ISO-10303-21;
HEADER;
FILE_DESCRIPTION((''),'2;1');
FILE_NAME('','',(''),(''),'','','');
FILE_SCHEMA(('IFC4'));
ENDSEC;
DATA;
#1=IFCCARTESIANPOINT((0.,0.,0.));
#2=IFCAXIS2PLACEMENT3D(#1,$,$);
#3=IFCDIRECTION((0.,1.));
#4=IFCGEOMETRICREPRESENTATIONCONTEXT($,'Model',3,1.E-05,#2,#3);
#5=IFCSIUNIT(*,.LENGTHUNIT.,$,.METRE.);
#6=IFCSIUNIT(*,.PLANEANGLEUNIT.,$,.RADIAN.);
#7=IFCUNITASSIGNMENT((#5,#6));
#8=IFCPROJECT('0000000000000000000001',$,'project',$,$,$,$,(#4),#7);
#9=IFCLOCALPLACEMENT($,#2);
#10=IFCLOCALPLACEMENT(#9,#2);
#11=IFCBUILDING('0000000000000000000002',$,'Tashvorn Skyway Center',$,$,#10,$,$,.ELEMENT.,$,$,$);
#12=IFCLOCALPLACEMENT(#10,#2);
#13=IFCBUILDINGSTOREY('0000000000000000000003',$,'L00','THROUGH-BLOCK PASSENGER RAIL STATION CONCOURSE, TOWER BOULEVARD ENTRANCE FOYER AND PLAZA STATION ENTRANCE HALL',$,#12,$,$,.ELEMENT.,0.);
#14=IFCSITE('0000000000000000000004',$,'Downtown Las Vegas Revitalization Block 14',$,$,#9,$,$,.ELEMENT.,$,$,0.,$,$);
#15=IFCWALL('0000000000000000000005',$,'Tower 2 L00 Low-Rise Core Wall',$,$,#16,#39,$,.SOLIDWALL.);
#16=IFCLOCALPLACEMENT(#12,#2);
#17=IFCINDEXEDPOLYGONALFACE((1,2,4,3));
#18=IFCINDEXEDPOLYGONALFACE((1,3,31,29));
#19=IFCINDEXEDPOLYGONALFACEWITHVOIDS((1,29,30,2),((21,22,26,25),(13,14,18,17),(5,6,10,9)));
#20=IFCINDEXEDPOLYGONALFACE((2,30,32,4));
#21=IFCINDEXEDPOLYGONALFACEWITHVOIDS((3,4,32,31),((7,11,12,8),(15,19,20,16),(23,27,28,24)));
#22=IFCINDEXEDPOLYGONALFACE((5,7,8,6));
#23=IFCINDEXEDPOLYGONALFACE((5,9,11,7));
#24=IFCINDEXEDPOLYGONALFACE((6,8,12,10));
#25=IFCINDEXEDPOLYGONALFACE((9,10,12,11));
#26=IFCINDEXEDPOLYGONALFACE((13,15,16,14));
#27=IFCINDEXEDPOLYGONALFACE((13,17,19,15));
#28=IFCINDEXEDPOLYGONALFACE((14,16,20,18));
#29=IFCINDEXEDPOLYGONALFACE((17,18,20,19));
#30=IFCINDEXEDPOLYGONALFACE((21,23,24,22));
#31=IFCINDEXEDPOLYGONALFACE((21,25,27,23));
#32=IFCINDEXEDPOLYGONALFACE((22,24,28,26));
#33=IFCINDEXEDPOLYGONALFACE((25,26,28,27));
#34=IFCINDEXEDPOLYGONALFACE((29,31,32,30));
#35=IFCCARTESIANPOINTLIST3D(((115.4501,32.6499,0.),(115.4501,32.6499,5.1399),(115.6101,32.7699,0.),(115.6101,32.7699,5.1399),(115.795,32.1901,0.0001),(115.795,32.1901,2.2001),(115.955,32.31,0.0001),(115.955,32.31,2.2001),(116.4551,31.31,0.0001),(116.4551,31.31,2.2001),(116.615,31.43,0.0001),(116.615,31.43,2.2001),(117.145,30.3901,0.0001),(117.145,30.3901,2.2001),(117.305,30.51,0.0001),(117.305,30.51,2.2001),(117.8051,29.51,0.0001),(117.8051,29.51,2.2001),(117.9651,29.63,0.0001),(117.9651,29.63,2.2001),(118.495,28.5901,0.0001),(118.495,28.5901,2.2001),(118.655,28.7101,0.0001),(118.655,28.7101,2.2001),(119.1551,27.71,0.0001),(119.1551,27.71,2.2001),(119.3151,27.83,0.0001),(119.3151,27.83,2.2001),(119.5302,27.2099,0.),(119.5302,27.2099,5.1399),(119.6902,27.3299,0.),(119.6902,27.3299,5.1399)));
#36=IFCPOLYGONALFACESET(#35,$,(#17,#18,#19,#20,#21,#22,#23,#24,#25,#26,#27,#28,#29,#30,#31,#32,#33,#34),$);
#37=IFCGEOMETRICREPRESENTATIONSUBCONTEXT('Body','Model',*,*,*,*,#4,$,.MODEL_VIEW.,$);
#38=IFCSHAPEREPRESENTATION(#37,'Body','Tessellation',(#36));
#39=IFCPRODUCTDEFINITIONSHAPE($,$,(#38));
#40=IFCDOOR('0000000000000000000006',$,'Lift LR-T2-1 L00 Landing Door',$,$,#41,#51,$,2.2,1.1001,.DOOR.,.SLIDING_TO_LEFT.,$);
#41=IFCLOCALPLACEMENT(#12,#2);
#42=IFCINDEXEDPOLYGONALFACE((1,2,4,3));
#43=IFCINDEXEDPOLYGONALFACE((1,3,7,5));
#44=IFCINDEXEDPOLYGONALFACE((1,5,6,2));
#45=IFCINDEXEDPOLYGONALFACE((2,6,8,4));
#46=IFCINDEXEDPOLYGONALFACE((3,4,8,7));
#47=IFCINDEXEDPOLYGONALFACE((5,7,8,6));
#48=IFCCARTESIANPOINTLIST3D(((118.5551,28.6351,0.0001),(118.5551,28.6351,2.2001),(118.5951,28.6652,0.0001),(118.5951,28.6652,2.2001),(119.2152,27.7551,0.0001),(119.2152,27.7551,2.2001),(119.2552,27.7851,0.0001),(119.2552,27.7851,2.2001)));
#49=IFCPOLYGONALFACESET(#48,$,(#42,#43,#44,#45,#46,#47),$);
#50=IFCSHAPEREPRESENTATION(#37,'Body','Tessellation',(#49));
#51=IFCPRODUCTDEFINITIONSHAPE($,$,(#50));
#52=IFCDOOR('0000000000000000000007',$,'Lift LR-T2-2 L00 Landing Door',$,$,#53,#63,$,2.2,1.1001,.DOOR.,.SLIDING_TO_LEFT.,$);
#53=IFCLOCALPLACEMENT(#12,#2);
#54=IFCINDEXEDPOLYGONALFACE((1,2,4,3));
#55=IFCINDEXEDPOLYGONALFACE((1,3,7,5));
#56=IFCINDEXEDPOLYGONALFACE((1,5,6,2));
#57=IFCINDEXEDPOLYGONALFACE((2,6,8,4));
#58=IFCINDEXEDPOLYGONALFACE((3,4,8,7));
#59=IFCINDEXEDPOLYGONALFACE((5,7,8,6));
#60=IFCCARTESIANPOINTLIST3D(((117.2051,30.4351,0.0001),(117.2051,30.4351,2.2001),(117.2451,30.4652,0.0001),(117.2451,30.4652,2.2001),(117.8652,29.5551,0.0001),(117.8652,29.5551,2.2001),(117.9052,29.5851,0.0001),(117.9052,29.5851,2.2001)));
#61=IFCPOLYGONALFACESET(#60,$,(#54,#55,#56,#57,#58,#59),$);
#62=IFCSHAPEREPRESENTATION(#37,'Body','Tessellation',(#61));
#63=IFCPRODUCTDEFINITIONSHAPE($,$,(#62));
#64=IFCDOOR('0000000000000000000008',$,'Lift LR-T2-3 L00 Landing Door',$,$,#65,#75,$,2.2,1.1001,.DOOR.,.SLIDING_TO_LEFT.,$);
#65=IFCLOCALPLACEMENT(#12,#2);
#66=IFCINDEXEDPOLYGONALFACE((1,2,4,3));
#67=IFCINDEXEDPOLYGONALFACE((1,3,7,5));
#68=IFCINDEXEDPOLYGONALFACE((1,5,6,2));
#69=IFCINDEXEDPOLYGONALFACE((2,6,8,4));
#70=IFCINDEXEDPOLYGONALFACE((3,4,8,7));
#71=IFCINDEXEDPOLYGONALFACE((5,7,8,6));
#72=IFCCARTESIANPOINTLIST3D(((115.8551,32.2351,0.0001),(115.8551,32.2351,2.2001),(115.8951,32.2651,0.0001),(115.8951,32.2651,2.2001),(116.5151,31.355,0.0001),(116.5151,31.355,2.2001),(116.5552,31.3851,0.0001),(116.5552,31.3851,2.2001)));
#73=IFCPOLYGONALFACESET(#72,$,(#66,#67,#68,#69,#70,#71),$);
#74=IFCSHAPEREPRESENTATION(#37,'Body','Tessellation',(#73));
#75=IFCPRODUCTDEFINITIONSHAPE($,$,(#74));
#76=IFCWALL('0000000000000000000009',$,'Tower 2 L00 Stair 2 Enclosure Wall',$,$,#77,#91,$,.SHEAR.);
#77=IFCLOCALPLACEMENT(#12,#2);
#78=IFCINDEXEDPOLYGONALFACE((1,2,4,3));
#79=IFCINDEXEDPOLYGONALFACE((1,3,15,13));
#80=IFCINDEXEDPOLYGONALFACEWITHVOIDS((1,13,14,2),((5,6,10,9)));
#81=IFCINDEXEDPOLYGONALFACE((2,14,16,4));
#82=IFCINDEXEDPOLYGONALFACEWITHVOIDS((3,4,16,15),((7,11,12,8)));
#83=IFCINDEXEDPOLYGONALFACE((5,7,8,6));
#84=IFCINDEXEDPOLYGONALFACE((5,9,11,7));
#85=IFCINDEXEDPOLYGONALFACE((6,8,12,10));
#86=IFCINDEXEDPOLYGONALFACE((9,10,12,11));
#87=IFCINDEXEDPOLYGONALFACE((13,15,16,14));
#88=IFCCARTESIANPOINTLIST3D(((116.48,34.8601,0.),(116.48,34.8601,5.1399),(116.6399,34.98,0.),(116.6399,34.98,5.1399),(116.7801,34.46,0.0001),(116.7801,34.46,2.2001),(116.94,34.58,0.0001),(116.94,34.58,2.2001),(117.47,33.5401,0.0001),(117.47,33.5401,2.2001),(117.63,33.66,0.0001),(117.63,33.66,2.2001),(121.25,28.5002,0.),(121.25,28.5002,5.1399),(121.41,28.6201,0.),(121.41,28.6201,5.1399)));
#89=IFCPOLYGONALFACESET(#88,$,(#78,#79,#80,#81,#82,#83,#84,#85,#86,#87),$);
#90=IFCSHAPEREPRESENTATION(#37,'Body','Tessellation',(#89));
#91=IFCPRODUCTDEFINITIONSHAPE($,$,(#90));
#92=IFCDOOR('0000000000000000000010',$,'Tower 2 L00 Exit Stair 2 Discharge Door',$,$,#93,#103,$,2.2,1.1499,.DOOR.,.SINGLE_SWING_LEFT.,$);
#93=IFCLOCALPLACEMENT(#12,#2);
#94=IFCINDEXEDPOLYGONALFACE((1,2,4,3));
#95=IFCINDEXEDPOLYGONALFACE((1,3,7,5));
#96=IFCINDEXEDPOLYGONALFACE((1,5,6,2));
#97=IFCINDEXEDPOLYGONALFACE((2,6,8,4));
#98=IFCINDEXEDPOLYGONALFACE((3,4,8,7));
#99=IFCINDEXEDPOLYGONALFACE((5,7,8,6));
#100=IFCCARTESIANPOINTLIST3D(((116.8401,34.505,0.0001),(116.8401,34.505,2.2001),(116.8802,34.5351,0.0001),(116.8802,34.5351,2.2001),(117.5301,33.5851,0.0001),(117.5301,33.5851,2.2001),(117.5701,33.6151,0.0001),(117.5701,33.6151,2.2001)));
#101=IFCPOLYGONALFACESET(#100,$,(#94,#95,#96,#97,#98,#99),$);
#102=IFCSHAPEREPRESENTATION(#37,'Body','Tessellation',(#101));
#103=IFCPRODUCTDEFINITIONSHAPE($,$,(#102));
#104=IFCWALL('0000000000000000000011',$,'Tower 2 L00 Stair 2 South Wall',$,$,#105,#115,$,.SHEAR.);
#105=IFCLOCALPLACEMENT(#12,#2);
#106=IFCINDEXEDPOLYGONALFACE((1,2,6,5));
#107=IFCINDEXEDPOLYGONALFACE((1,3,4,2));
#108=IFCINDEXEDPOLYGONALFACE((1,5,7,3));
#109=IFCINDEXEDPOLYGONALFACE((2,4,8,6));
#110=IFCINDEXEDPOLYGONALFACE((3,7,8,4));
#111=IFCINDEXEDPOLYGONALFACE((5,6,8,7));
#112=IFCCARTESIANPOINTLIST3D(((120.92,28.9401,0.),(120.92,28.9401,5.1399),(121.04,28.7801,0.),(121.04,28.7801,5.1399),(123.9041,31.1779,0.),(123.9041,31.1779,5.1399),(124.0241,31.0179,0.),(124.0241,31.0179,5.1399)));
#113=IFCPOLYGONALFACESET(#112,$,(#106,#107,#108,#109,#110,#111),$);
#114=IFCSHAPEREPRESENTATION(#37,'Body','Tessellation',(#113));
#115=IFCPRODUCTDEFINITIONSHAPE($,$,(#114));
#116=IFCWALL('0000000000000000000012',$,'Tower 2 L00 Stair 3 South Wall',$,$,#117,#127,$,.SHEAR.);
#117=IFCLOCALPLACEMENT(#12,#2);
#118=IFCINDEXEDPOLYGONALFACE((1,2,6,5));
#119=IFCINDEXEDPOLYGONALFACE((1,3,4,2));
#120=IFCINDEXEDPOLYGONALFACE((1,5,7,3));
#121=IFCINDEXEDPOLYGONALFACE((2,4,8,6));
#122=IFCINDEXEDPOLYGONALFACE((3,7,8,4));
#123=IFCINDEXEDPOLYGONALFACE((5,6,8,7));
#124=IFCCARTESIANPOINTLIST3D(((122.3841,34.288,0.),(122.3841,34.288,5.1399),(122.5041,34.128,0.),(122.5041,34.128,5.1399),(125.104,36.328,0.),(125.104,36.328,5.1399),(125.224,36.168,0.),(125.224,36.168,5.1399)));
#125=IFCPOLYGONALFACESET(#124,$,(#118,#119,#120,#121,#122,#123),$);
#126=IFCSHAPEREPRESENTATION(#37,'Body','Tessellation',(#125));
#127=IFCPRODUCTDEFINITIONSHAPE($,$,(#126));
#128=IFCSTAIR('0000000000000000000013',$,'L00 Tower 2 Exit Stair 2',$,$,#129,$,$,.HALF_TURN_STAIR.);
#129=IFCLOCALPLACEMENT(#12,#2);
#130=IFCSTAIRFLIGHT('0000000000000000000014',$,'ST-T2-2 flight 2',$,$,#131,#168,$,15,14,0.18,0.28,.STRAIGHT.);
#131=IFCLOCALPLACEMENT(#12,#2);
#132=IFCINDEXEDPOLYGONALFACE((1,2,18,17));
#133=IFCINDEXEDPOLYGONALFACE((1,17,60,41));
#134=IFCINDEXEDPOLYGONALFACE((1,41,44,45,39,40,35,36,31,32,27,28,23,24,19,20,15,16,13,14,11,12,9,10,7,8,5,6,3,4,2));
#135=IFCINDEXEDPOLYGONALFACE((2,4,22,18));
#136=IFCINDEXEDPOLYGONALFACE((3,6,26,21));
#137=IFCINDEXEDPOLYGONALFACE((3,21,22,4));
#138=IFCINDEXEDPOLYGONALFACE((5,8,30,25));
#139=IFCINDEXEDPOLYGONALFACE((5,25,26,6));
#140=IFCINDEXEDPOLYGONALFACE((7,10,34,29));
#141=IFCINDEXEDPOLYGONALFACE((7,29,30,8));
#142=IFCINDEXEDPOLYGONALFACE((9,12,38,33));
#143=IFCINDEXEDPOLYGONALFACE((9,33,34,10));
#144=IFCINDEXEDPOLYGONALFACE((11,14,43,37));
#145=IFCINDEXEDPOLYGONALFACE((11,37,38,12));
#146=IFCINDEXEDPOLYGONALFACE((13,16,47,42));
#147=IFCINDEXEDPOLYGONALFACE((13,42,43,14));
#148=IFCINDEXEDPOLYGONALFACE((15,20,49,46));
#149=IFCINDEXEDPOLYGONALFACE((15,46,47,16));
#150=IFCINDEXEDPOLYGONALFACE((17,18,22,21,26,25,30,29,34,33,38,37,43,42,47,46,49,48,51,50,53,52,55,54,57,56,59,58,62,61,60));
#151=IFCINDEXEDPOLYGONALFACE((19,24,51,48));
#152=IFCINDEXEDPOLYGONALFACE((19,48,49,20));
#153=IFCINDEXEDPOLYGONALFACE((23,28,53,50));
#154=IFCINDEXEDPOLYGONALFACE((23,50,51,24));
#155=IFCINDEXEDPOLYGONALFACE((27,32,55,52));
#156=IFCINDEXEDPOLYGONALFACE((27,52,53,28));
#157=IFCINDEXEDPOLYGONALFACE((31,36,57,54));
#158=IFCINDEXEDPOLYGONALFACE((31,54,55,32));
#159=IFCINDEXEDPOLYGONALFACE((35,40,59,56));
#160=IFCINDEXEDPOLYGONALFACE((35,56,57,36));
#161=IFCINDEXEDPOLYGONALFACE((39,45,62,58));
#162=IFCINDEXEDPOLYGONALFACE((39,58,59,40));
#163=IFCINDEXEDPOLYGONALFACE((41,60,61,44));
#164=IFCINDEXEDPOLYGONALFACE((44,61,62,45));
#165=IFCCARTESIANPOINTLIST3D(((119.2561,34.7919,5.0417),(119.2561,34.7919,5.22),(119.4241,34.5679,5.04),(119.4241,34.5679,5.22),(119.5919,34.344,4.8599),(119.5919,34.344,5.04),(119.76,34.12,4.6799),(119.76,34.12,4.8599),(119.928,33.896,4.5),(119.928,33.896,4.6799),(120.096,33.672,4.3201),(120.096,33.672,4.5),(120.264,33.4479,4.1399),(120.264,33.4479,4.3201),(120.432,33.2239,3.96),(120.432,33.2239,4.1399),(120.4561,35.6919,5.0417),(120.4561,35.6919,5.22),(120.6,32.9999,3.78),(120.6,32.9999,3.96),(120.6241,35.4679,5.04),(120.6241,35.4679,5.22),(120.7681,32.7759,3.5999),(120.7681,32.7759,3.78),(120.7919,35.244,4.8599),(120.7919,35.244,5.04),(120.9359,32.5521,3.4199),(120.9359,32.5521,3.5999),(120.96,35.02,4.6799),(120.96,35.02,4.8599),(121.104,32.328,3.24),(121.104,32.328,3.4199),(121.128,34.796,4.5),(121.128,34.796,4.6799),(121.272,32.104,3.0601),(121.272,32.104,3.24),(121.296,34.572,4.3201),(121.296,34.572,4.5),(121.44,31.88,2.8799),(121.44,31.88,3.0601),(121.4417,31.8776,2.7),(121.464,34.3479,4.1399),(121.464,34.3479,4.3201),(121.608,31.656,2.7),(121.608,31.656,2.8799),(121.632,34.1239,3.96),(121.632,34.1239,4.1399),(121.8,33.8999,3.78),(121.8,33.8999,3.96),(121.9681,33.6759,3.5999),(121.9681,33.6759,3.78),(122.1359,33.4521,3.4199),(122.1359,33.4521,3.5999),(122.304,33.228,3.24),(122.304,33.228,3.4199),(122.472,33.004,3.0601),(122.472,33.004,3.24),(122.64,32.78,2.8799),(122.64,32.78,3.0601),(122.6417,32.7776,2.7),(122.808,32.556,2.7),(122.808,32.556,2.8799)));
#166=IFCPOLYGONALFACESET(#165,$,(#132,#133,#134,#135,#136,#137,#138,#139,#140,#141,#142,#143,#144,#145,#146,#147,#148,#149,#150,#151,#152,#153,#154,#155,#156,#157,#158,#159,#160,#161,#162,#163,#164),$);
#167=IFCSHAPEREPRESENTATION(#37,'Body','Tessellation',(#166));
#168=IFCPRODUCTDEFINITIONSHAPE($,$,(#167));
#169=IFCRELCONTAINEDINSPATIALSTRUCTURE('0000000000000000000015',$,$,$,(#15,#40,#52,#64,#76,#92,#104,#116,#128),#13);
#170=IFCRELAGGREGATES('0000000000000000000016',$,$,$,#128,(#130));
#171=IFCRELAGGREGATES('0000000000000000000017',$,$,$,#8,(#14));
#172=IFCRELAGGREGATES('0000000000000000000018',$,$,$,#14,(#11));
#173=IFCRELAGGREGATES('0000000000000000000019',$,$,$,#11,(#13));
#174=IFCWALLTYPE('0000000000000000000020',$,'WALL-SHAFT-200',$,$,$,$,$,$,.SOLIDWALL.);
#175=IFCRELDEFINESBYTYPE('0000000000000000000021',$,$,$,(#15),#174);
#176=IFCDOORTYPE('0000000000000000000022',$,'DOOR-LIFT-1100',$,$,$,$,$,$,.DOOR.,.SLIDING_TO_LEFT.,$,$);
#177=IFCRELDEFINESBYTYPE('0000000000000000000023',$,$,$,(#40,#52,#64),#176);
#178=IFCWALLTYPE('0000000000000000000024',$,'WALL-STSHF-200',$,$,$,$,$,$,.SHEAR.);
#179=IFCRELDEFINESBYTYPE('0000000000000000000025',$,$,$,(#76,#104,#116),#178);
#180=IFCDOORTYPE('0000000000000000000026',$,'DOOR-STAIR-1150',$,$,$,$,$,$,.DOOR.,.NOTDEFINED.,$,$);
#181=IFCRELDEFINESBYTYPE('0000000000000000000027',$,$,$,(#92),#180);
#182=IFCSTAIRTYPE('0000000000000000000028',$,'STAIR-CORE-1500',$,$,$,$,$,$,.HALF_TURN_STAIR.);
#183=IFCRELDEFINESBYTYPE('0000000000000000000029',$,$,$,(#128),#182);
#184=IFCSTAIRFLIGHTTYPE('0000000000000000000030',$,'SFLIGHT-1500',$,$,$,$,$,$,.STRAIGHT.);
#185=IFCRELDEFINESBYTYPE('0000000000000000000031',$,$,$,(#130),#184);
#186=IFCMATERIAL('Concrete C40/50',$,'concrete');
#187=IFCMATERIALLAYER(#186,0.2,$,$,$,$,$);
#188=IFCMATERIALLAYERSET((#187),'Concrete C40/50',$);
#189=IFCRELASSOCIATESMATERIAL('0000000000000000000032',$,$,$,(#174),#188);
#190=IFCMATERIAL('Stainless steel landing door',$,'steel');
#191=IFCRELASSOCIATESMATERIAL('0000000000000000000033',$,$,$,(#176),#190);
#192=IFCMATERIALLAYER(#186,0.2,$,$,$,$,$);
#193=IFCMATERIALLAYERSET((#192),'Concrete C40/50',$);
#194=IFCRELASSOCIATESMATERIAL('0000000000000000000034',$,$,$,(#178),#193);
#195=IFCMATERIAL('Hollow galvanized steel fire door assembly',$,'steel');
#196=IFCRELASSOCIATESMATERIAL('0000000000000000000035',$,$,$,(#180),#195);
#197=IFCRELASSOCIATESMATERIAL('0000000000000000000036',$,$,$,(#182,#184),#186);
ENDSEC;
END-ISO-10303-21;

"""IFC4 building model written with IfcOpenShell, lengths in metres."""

from ifc_helpers import new_model, si_unit, direction, frame, frame_2d, origin, place, context, subcontext, project, spatial, polyline, rectangle, outline, extrude, material, layer, layer_set, type_object, element, fill, aggregate, save


model = new_model("IFC4")

# Units and contexts
model_context = context("Model", 3, precision=1e-05, world=origin(), true_north=direction((0.0, 1.0)))
body_context = subcontext(model_context, "Body", "Model", "MODEL_VIEW")
ifc_project = project(units=[si_unit("LENGTHUNIT", "METRE"), si_unit("PLANEANGLEUNIT", "RADIAN")], contexts=[model_context])

# Site, building, storey
site_placement = place(None, origin())
site = spatial("IfcSite", under=ifc_project, at=site_placement, Name="Downtown Las Vegas Revitalization Block 14", CompositionType="ELEMENT", RefElevation=0.0)
building_placement = place(site_placement, origin())
building = spatial("IfcBuilding", under=site, at=building_placement, Name="Tashvorn Skyway Center", CompositionType="ELEMENT")
storey_placement = place(building_placement, origin())
storey = spatial("IfcBuildingStorey", under=building, at=storey_placement, Name="L00", Description="THROUGH-BLOCK PASSENGER RAIL STATION CONCOURSE, TOWER BOULEVARD ENTRANCE FOYER AND PLAZA STATION ENTRANCE HALL", CompositionType="ELEMENT", Elevation=0.0)

# Wall, openings, doors
ifc_material_1 = material(Name="Hollow galvanized steel fire door assembly", Category="steel")
ifc_material_2 = material(Name="Concrete C40/50", Category="concrete")
ifc_layer_1 = layer(ifc_material_2, 0.2)
ifc_layer_set_1 = layer_set([ifc_layer_1], Name="Concrete C40/50")
wall_type_1 = type_object("IfcWallType", Name="WALL-SHAFT-200", PredefinedType="SOLIDWALL", material=ifc_layer_set_1)
wall_1_placement = place(storey_placement, frame((119.6101, 27.27, 0.0), z_axis=(0.0, 0.0, 1.0), x_axis=(-0.600011, 0.799991, 0.0)))
wall_1 = element("IfcWall", 1, at=wall_1_placement, inside=storey, type_object=wall_type_1, Name="Tower 2 L00 Low-Rise Core Wall", PredefinedType="SOLIDWALL", context=body_context, shape_type="SweptSolid", body=[
    extrude(rectangle(XDim=6.8, YDim=0.2, at=frame_2d((3.3999, 0.0))), origin(), (0.0, 0.0, 1.0), 5.1399),
])
opening_1_placement = place(wall_1_placement, frame((0.625, 0.0, 0.0)))
opening_1 = element("IfcOpeningElement", 2, at=opening_1_placement, cuts=wall_1, PredefinedType="OPENING", context=body_context, shape_type="SweptSolid", body=[
    extrude(rectangle(XDim=1.1001, YDim=2.2, at=frame_2d((0.55, 1.1001))), frame((0.0, 0.1099, 0.0), z_axis=(0.0, -1.0, 0.0), x_axis=(1.0, 0.0, 0.0)), (0.0, 0.0, 1.0), 0.22),
])
opening_2_placement = place(wall_1_placement, frame((2.875, 0.0, 0.0)))
opening_2 = element("IfcOpeningElement", 3, at=opening_2_placement, cuts=wall_1, PredefinedType="OPENING", context=body_context, shape_type="SweptSolid", body=[
    extrude(rectangle(XDim=1.1001, YDim=2.2, at=frame_2d((0.55, 1.1001))), frame((0.0, 0.1099, 0.0), z_axis=(0.0, -1.0, 0.0), x_axis=(1.0, 0.0, 0.0)), (0.0, 0.0, 1.0), 0.22),
])
opening_3_placement = place(wall_1_placement, frame((5.125, 0.0, 0.0)))
opening_3 = element("IfcOpeningElement", 4, at=opening_3_placement, cuts=wall_1, PredefinedType="OPENING", context=body_context, shape_type="SweptSolid", body=[
    extrude(rectangle(XDim=1.1001, YDim=2.2, at=frame_2d((0.55, 1.1001))), frame((0.0, 0.1099, 0.0), z_axis=(0.0, -1.0, 0.0), x_axis=(1.0, 0.0, 0.0)), (0.0, 0.0, 1.0), 0.22),
])
ifc_material_3 = material(Name="Stainless steel landing door", Category="steel")
door_type_1 = type_object("IfcDoorType", Name="DOOR-LIFT-1100", OperationType="SLIDING_TO_LEFT", PredefinedType="DOOR", material=ifc_material_3)
door_1_placement = place(opening_1_placement, origin())
door_1 = element("IfcDoor", 5, at=door_1_placement, inside=storey, type_object=door_type_1, Name="Lift LR-T2-1 L00 Landing Door", OperationType="SLIDING_TO_LEFT", OverallHeight=2.2, OverallWidth=1.1001, PredefinedType="DOOR", context=body_context, shape_type="SweptSolid", body=[
    extrude(rectangle(XDim=1.1001, YDim=2.2, at=frame_2d((0.55, 1.1001))), frame((0.0, 0.0249, 0.0), z_axis=(0.0, -1.0, 0.0), x_axis=(1.0, 0.0, 0.0)), (0.0, 0.0, 1.0), 0.05),
])
fill(opening_1, door_1)
door_2_placement = place(opening_2_placement, origin())
door_2 = element("IfcDoor", 6, at=door_2_placement, inside=storey, type_object=door_type_1, Name="Lift LR-T2-2 L00 Landing Door", OperationType="SLIDING_TO_LEFT", OverallHeight=2.2, OverallWidth=1.1001, PredefinedType="DOOR", context=body_context, shape_type="SweptSolid", body=[
    extrude(rectangle(XDim=1.1001, YDim=2.2, at=frame_2d((0.55, 1.1001))), frame((0.0, 0.0249, 0.0), z_axis=(0.0, -1.0, 0.0), x_axis=(1.0, 0.0, 0.0)), (0.0, 0.0, 1.0), 0.05),
])
fill(opening_2, door_2)
door_3_placement = place(opening_3_placement, origin())
door_3 = element("IfcDoor", 7, at=door_3_placement, inside=storey, type_object=door_type_1, Name="Lift LR-T2-3 L00 Landing Door", OperationType="SLIDING_TO_LEFT", OverallHeight=2.2, OverallWidth=1.1001, PredefinedType="DOOR", context=body_context, shape_type="SweptSolid", body=[
    extrude(rectangle(XDim=1.1001, YDim=2.2, at=frame_2d((0.55, 1.1001))), frame((0.0, 0.0249, 0.0), z_axis=(0.0, -1.0, 0.0), x_axis=(1.0, 0.0, 0.0)), (0.0, 0.0, 1.0), 0.05),
])
fill(opening_3, door_3)

# Wall, opening, door
ifc_layer_2 = layer(ifc_material_2, 0.2)
ifc_layer_set_2 = layer_set([ifc_layer_2], Name="Concrete C40/50")
wall_type_2 = type_object("IfcWallType", Name="WALL-STSHF-200", PredefinedType="SHEAR", material=ifc_layer_set_2)
wall_2_placement = place(storey_placement, frame((121.3301, 28.5601, 0.0), z_axis=(0.0, 0.0, 1.0), x_axis=(-0.60001, 0.799993, 0.0)))
wall_2 = element("IfcWall", 8, at=wall_2_placement, inside=storey, type_object=wall_type_2, Name="Tower 2 L00 Stair 2 Enclosure Wall", PredefinedType="SHEAR", context=body_context, shape_type="SweptSolid", body=[
    extrude(rectangle(XDim=7.95, YDim=0.2, at=frame_2d((3.9751, 0.0))), origin(), (0.0, 0.0, 1.0), 5.1399),
])
opening_4_placement = place(wall_2_placement, frame((6.3, 0.0, 0.0)))
opening_4 = element("IfcOpeningElement", 9, at=opening_4_placement, cuts=wall_2, PredefinedType="OPENING", context=body_context, shape_type="SweptSolid", body=[
    extrude(rectangle(XDim=1.1499, YDim=2.2, at=frame_2d((0.575, 1.1001))), frame((0.0, 0.1099, 0.0), z_axis=(0.0, -1.0, 0.0), x_axis=(1.0, 0.0, 0.0)), (0.0, 0.0, 1.0), 0.22),
])
door_type_2 = type_object("IfcDoorType", Name="DOOR-STAIR-1150", OperationType="NOTDEFINED", PredefinedType="DOOR", material=ifc_material_1)
door_4_placement = place(opening_4_placement, origin())
door_4 = element("IfcDoor", 10, at=door_4_placement, inside=storey, type_object=door_type_2, Name="Tower 2 L00 Exit Stair 2 Discharge Door", OperationType="SINGLE_SWING_LEFT", OverallHeight=2.2, OverallWidth=1.1499, PredefinedType="DOOR", context=body_context, shape_type="SweptSolid", body=[
    extrude(rectangle(XDim=1.1499, YDim=2.2, at=frame_2d((0.575, 1.1001))), frame((0.0, 0.0249, 0.0), z_axis=(0.0, -1.0, 0.0), x_axis=(1.0, 0.0, 0.0)), (0.0, 0.0, 1.0), 0.05),
])
fill(opening_4, door_4)

# Walls
wall_3_placement = place(storey_placement, frame((120.98, 28.8601, 0.0), z_axis=(0.0, 0.0, 1.0), x_axis=(0.800039, 0.599948, 0.0)))
element("IfcWall", 11, at=wall_3_placement, inside=storey, type_object=wall_type_2, Name="Tower 2 L00 Stair 2 South Wall", PredefinedType="SHEAR", context=body_context, shape_type="SweptSolid", body=[
    extrude(rectangle(XDim=3.73, YDim=0.2, at=frame_2d((1.865, 0.0))), origin(), (0.0, 0.0, 1.0), 5.1399),
])
wall_4_placement = place(storey_placement, frame((122.4441, 34.208, 0.0), z_axis=(0.0, 0.0, 1.0), x_axis=(0.799991, 0.600011, 0.0)))
element("IfcWall", 12, at=wall_4_placement, inside=storey, type_object=wall_type_2, Name="Tower 2 L00 Stair 3 South Wall", PredefinedType="SHEAR", context=body_context, shape_type="SweptSolid", body=[
    extrude(rectangle(XDim=3.3999, YDim=0.2, at=frame_2d((1.7, 0.0))), origin(), (0.0, 0.0, 1.0), 5.1399),
])

# Stair, stair flight
stair_type = type_object("IfcStairType", Name="STAIR-CORE-1500", PredefinedType="HALF_TURN_STAIR", material=ifc_material_2)
stair_placement = place(storey_placement, origin())
stair = element("IfcStair", 13, at=stair_placement, inside=storey, type_object=stair_type, Name="L00 Tower 2 Exit Stair 2", PredefinedType="HALF_TURN_STAIR")
stair_flight_type = type_object("IfcStairFlightType", Name="SFLIGHT-1500", PredefinedType="STRAIGHT", material=ifc_material_2)
stair_flight_placement = place(storey_placement, frame((122.208, 32.106, 2.7), z_axis=(0.0, 0.0, 1.0), x_axis=(-0.6, 0.8, 0.0)))
stair_flight = element("IfcStairFlight", 14, at=stair_flight_placement, type_object=stair_flight_type, Name="ST-T2-2 flight 2", NumberOfRisers=15, NumberOfTreads=14, PredefinedType="STRAIGHT", RiserHeight=0.18, TreadLength=0.28, context=body_context, shape_type="SweptSolid", body=[
    extrude(outline(polyline([(0.0, 0.0), (0.0, 0.1799), (0.28, 0.1799), (0.28, 0.3601), (0.5601, 0.3601), (0.5601, 0.54), (0.8401, 0.54), (0.8401, 0.72), (1.1201, 0.72), (1.1201, 0.8999), (1.3999, 0.8999), (1.3999, 1.0801), (1.6799, 1.0801), (1.6799, 1.26), (1.96, 1.26), (1.96, 1.4399), (2.24, 1.4399), (2.24, 1.6201), (2.52, 1.6201), (2.52, 1.8), (2.8, 1.8), (2.8, 1.98), (3.0801, 1.98), (3.0801, 2.1599), (3.3601, 2.1599), (3.3601, 2.3401), (3.6399, 2.3401), (3.6399, 2.52), (3.9199, 2.52), (3.9199, 2.7), (3.9199, 2.3418), (0.2771, 0.0), (0.0, 0.0)])), frame((0.0, 0.75, 0.0), z_axis=(0.0, -1.0, 0.0), x_axis=(1.0, 0.0, 0.0)), (0.0, 0.0, 1.0), 1.5),
])
aggregate(stair, [stair_flight])

save(model, "model.ifc")
